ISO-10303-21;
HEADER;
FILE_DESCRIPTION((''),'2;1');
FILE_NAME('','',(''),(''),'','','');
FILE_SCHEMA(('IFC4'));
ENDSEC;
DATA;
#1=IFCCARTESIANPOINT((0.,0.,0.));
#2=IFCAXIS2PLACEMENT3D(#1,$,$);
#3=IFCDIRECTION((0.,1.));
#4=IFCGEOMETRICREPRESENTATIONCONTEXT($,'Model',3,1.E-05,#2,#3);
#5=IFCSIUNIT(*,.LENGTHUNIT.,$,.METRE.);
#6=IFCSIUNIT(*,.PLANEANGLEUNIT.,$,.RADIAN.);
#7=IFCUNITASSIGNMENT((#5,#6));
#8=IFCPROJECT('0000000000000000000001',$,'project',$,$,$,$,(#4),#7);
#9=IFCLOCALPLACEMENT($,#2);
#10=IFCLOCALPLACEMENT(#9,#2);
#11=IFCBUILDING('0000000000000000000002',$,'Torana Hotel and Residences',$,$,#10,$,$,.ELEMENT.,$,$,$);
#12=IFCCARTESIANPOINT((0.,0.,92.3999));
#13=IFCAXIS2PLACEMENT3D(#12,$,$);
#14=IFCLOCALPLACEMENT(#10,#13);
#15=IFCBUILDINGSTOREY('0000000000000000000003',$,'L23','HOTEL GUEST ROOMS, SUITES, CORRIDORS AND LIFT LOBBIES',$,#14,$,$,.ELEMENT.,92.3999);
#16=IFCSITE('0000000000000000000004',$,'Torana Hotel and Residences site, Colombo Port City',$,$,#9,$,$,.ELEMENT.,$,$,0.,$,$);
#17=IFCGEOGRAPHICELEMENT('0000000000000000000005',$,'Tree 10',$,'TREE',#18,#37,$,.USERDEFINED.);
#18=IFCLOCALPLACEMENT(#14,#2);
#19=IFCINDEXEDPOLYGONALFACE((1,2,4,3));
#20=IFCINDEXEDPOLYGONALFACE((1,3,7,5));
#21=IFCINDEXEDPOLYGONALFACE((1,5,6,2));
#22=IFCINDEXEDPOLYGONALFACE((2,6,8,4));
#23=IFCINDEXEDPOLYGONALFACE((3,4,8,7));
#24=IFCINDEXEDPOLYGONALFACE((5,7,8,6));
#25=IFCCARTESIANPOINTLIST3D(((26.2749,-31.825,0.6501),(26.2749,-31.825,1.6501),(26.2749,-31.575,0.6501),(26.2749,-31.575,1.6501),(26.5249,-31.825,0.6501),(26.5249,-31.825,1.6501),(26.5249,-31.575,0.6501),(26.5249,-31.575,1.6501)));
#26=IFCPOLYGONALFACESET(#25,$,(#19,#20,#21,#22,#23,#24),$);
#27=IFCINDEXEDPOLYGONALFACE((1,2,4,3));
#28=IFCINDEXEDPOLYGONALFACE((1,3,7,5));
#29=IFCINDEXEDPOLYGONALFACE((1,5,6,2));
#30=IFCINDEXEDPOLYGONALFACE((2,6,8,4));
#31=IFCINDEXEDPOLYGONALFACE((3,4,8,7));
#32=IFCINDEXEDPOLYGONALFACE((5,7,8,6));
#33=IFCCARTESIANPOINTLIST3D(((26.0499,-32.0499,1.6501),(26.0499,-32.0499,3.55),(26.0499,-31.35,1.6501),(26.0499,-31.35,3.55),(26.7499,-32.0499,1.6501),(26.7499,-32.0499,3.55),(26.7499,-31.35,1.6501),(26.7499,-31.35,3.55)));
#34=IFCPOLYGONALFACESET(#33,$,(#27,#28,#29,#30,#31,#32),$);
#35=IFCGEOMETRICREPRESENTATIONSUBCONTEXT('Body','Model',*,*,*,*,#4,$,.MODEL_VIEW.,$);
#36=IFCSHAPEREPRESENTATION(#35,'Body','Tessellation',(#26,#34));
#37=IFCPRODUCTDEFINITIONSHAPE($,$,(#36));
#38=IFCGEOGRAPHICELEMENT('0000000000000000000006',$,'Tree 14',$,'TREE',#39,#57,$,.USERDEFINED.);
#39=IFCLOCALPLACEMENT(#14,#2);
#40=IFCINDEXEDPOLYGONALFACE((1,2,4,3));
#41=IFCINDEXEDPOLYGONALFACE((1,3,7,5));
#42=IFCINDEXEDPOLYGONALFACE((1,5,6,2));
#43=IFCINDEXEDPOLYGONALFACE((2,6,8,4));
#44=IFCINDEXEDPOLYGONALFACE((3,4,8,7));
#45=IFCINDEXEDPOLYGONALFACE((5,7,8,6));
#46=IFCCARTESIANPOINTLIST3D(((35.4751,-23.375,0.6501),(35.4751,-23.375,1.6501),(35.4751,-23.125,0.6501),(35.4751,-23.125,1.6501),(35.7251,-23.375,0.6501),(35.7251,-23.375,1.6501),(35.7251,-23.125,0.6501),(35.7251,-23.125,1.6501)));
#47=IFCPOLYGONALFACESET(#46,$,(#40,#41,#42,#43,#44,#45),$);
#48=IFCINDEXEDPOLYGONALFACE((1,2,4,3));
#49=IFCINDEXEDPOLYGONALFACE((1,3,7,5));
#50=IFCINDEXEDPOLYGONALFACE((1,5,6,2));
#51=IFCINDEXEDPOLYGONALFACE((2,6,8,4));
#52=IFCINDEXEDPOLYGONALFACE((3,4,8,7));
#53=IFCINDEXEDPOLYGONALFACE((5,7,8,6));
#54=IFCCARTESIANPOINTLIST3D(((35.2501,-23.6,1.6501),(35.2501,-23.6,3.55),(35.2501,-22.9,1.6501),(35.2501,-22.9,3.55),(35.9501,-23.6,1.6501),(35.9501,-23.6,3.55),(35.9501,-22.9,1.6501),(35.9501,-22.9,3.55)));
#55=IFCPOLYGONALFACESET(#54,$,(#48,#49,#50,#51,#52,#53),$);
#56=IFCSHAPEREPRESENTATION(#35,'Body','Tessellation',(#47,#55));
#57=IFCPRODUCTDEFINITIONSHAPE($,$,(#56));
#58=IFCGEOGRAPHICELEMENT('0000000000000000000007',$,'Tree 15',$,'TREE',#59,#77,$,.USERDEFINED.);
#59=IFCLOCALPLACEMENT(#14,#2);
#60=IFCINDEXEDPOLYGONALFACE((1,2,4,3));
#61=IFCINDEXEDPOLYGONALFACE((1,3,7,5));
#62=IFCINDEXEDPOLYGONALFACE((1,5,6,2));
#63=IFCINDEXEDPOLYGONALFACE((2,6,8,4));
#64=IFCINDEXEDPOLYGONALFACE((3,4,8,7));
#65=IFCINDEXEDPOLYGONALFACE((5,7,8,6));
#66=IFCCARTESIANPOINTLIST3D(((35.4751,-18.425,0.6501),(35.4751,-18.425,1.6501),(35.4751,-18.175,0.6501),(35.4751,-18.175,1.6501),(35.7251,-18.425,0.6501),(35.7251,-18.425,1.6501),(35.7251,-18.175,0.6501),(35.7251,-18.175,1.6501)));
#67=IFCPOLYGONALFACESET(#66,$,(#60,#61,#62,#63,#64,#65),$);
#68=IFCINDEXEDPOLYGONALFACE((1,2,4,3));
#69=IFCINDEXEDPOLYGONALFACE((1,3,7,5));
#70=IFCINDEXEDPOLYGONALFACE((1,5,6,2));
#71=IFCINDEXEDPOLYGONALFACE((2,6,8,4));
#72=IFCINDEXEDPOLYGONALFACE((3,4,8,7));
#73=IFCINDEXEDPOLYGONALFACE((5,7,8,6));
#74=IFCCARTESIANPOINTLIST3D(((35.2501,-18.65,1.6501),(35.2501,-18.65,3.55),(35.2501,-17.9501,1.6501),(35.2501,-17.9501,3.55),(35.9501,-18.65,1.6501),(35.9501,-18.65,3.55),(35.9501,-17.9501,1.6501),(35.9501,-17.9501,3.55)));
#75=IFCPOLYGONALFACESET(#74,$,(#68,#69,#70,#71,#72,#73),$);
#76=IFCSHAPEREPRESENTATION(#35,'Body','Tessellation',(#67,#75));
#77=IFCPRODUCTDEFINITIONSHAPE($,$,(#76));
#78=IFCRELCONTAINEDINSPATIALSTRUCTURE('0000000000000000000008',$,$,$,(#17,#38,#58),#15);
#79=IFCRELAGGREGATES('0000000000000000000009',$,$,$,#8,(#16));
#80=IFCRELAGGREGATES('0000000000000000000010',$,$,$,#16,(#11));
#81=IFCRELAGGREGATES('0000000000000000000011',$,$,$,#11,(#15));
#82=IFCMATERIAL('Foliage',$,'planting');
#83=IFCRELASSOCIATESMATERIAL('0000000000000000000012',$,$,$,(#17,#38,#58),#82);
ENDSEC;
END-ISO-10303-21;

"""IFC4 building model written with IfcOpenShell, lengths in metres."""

from ifc_helpers import new_model, si_unit, direction, frame, origin, origin_2d, place, context, subcontext, project, spatial, rectangle, extrude, material, element, save


model = new_model("IFC4")

# Units and contexts
model_context = context("Model", 3, precision=1e-05, world=origin(), true_north=direction((0.0, 1.0)))
body_context = subcontext(model_context, "Body", "Model", "MODEL_VIEW")
ifc_project = project(units=[si_unit("LENGTHUNIT", "METRE"), si_unit("PLANEANGLEUNIT", "RADIAN")], contexts=[model_context])

# Site, building, storey
site_placement = place(None, origin())
site = spatial("IfcSite", under=ifc_project, at=site_placement, Name="Torana Hotel and Residences site, Colombo Port City", CompositionType="ELEMENT", RefElevation=0.0)
building_placement = place(site_placement, origin())
building = spatial("IfcBuilding", under=site, at=building_placement, Name="Torana Hotel and Residences", CompositionType="ELEMENT")
storey_placement = place(building_placement, frame((0.0, 0.0, 92.3999)))
storey = spatial("IfcBuildingStorey", under=building, at=storey_placement, Name="L23", Description="HOTEL GUEST ROOMS, SUITES, CORRIDORS AND LIFT LOBBIES", CompositionType="ELEMENT", Elevation=92.3999)

# Geographic elements
ifc_material_1 = material(Name="Foliage", Category="planting")
for number, where, z_axis, x_axis, name in (
    (1, (26.3999, -31.7, 0.6501), (0.0, 0.0, 1.0), (1.0, 0.0, 0.0), "Tree 10"),
    (2, (35.6001, -23.25, 0.6501), (0.0, 0.0, 1.0), (1.0, 0.0, 0.0), "Tree 14"),
    (3, (35.6001, -18.3, 0.6501), (0.0, 0.0, 1.0), (1.0, 0.0, 0.0), "Tree 15"),
):
    element("IfcGeographicElement", number, at=place(storey_placement, frame(where, z_axis=z_axis, x_axis=x_axis)), inside=storey, material=ifc_material_1, Name=name, ObjectType="TREE", PredefinedType="USERDEFINED", context=body_context, shape_type="SweptSolid", body=[
        extrude(rectangle(XDim=0.25, YDim=0.25, at=origin_2d()), origin(), (0.0, 0.0, 1.0), 1.0),
        extrude(rectangle(XDim=0.7, YDim=0.7, at=origin_2d()), frame((0.0, 0.0, 1.0)), (0.0, 0.0, 1.0), 1.8999),
    ])

save(model, "model.ifc")
